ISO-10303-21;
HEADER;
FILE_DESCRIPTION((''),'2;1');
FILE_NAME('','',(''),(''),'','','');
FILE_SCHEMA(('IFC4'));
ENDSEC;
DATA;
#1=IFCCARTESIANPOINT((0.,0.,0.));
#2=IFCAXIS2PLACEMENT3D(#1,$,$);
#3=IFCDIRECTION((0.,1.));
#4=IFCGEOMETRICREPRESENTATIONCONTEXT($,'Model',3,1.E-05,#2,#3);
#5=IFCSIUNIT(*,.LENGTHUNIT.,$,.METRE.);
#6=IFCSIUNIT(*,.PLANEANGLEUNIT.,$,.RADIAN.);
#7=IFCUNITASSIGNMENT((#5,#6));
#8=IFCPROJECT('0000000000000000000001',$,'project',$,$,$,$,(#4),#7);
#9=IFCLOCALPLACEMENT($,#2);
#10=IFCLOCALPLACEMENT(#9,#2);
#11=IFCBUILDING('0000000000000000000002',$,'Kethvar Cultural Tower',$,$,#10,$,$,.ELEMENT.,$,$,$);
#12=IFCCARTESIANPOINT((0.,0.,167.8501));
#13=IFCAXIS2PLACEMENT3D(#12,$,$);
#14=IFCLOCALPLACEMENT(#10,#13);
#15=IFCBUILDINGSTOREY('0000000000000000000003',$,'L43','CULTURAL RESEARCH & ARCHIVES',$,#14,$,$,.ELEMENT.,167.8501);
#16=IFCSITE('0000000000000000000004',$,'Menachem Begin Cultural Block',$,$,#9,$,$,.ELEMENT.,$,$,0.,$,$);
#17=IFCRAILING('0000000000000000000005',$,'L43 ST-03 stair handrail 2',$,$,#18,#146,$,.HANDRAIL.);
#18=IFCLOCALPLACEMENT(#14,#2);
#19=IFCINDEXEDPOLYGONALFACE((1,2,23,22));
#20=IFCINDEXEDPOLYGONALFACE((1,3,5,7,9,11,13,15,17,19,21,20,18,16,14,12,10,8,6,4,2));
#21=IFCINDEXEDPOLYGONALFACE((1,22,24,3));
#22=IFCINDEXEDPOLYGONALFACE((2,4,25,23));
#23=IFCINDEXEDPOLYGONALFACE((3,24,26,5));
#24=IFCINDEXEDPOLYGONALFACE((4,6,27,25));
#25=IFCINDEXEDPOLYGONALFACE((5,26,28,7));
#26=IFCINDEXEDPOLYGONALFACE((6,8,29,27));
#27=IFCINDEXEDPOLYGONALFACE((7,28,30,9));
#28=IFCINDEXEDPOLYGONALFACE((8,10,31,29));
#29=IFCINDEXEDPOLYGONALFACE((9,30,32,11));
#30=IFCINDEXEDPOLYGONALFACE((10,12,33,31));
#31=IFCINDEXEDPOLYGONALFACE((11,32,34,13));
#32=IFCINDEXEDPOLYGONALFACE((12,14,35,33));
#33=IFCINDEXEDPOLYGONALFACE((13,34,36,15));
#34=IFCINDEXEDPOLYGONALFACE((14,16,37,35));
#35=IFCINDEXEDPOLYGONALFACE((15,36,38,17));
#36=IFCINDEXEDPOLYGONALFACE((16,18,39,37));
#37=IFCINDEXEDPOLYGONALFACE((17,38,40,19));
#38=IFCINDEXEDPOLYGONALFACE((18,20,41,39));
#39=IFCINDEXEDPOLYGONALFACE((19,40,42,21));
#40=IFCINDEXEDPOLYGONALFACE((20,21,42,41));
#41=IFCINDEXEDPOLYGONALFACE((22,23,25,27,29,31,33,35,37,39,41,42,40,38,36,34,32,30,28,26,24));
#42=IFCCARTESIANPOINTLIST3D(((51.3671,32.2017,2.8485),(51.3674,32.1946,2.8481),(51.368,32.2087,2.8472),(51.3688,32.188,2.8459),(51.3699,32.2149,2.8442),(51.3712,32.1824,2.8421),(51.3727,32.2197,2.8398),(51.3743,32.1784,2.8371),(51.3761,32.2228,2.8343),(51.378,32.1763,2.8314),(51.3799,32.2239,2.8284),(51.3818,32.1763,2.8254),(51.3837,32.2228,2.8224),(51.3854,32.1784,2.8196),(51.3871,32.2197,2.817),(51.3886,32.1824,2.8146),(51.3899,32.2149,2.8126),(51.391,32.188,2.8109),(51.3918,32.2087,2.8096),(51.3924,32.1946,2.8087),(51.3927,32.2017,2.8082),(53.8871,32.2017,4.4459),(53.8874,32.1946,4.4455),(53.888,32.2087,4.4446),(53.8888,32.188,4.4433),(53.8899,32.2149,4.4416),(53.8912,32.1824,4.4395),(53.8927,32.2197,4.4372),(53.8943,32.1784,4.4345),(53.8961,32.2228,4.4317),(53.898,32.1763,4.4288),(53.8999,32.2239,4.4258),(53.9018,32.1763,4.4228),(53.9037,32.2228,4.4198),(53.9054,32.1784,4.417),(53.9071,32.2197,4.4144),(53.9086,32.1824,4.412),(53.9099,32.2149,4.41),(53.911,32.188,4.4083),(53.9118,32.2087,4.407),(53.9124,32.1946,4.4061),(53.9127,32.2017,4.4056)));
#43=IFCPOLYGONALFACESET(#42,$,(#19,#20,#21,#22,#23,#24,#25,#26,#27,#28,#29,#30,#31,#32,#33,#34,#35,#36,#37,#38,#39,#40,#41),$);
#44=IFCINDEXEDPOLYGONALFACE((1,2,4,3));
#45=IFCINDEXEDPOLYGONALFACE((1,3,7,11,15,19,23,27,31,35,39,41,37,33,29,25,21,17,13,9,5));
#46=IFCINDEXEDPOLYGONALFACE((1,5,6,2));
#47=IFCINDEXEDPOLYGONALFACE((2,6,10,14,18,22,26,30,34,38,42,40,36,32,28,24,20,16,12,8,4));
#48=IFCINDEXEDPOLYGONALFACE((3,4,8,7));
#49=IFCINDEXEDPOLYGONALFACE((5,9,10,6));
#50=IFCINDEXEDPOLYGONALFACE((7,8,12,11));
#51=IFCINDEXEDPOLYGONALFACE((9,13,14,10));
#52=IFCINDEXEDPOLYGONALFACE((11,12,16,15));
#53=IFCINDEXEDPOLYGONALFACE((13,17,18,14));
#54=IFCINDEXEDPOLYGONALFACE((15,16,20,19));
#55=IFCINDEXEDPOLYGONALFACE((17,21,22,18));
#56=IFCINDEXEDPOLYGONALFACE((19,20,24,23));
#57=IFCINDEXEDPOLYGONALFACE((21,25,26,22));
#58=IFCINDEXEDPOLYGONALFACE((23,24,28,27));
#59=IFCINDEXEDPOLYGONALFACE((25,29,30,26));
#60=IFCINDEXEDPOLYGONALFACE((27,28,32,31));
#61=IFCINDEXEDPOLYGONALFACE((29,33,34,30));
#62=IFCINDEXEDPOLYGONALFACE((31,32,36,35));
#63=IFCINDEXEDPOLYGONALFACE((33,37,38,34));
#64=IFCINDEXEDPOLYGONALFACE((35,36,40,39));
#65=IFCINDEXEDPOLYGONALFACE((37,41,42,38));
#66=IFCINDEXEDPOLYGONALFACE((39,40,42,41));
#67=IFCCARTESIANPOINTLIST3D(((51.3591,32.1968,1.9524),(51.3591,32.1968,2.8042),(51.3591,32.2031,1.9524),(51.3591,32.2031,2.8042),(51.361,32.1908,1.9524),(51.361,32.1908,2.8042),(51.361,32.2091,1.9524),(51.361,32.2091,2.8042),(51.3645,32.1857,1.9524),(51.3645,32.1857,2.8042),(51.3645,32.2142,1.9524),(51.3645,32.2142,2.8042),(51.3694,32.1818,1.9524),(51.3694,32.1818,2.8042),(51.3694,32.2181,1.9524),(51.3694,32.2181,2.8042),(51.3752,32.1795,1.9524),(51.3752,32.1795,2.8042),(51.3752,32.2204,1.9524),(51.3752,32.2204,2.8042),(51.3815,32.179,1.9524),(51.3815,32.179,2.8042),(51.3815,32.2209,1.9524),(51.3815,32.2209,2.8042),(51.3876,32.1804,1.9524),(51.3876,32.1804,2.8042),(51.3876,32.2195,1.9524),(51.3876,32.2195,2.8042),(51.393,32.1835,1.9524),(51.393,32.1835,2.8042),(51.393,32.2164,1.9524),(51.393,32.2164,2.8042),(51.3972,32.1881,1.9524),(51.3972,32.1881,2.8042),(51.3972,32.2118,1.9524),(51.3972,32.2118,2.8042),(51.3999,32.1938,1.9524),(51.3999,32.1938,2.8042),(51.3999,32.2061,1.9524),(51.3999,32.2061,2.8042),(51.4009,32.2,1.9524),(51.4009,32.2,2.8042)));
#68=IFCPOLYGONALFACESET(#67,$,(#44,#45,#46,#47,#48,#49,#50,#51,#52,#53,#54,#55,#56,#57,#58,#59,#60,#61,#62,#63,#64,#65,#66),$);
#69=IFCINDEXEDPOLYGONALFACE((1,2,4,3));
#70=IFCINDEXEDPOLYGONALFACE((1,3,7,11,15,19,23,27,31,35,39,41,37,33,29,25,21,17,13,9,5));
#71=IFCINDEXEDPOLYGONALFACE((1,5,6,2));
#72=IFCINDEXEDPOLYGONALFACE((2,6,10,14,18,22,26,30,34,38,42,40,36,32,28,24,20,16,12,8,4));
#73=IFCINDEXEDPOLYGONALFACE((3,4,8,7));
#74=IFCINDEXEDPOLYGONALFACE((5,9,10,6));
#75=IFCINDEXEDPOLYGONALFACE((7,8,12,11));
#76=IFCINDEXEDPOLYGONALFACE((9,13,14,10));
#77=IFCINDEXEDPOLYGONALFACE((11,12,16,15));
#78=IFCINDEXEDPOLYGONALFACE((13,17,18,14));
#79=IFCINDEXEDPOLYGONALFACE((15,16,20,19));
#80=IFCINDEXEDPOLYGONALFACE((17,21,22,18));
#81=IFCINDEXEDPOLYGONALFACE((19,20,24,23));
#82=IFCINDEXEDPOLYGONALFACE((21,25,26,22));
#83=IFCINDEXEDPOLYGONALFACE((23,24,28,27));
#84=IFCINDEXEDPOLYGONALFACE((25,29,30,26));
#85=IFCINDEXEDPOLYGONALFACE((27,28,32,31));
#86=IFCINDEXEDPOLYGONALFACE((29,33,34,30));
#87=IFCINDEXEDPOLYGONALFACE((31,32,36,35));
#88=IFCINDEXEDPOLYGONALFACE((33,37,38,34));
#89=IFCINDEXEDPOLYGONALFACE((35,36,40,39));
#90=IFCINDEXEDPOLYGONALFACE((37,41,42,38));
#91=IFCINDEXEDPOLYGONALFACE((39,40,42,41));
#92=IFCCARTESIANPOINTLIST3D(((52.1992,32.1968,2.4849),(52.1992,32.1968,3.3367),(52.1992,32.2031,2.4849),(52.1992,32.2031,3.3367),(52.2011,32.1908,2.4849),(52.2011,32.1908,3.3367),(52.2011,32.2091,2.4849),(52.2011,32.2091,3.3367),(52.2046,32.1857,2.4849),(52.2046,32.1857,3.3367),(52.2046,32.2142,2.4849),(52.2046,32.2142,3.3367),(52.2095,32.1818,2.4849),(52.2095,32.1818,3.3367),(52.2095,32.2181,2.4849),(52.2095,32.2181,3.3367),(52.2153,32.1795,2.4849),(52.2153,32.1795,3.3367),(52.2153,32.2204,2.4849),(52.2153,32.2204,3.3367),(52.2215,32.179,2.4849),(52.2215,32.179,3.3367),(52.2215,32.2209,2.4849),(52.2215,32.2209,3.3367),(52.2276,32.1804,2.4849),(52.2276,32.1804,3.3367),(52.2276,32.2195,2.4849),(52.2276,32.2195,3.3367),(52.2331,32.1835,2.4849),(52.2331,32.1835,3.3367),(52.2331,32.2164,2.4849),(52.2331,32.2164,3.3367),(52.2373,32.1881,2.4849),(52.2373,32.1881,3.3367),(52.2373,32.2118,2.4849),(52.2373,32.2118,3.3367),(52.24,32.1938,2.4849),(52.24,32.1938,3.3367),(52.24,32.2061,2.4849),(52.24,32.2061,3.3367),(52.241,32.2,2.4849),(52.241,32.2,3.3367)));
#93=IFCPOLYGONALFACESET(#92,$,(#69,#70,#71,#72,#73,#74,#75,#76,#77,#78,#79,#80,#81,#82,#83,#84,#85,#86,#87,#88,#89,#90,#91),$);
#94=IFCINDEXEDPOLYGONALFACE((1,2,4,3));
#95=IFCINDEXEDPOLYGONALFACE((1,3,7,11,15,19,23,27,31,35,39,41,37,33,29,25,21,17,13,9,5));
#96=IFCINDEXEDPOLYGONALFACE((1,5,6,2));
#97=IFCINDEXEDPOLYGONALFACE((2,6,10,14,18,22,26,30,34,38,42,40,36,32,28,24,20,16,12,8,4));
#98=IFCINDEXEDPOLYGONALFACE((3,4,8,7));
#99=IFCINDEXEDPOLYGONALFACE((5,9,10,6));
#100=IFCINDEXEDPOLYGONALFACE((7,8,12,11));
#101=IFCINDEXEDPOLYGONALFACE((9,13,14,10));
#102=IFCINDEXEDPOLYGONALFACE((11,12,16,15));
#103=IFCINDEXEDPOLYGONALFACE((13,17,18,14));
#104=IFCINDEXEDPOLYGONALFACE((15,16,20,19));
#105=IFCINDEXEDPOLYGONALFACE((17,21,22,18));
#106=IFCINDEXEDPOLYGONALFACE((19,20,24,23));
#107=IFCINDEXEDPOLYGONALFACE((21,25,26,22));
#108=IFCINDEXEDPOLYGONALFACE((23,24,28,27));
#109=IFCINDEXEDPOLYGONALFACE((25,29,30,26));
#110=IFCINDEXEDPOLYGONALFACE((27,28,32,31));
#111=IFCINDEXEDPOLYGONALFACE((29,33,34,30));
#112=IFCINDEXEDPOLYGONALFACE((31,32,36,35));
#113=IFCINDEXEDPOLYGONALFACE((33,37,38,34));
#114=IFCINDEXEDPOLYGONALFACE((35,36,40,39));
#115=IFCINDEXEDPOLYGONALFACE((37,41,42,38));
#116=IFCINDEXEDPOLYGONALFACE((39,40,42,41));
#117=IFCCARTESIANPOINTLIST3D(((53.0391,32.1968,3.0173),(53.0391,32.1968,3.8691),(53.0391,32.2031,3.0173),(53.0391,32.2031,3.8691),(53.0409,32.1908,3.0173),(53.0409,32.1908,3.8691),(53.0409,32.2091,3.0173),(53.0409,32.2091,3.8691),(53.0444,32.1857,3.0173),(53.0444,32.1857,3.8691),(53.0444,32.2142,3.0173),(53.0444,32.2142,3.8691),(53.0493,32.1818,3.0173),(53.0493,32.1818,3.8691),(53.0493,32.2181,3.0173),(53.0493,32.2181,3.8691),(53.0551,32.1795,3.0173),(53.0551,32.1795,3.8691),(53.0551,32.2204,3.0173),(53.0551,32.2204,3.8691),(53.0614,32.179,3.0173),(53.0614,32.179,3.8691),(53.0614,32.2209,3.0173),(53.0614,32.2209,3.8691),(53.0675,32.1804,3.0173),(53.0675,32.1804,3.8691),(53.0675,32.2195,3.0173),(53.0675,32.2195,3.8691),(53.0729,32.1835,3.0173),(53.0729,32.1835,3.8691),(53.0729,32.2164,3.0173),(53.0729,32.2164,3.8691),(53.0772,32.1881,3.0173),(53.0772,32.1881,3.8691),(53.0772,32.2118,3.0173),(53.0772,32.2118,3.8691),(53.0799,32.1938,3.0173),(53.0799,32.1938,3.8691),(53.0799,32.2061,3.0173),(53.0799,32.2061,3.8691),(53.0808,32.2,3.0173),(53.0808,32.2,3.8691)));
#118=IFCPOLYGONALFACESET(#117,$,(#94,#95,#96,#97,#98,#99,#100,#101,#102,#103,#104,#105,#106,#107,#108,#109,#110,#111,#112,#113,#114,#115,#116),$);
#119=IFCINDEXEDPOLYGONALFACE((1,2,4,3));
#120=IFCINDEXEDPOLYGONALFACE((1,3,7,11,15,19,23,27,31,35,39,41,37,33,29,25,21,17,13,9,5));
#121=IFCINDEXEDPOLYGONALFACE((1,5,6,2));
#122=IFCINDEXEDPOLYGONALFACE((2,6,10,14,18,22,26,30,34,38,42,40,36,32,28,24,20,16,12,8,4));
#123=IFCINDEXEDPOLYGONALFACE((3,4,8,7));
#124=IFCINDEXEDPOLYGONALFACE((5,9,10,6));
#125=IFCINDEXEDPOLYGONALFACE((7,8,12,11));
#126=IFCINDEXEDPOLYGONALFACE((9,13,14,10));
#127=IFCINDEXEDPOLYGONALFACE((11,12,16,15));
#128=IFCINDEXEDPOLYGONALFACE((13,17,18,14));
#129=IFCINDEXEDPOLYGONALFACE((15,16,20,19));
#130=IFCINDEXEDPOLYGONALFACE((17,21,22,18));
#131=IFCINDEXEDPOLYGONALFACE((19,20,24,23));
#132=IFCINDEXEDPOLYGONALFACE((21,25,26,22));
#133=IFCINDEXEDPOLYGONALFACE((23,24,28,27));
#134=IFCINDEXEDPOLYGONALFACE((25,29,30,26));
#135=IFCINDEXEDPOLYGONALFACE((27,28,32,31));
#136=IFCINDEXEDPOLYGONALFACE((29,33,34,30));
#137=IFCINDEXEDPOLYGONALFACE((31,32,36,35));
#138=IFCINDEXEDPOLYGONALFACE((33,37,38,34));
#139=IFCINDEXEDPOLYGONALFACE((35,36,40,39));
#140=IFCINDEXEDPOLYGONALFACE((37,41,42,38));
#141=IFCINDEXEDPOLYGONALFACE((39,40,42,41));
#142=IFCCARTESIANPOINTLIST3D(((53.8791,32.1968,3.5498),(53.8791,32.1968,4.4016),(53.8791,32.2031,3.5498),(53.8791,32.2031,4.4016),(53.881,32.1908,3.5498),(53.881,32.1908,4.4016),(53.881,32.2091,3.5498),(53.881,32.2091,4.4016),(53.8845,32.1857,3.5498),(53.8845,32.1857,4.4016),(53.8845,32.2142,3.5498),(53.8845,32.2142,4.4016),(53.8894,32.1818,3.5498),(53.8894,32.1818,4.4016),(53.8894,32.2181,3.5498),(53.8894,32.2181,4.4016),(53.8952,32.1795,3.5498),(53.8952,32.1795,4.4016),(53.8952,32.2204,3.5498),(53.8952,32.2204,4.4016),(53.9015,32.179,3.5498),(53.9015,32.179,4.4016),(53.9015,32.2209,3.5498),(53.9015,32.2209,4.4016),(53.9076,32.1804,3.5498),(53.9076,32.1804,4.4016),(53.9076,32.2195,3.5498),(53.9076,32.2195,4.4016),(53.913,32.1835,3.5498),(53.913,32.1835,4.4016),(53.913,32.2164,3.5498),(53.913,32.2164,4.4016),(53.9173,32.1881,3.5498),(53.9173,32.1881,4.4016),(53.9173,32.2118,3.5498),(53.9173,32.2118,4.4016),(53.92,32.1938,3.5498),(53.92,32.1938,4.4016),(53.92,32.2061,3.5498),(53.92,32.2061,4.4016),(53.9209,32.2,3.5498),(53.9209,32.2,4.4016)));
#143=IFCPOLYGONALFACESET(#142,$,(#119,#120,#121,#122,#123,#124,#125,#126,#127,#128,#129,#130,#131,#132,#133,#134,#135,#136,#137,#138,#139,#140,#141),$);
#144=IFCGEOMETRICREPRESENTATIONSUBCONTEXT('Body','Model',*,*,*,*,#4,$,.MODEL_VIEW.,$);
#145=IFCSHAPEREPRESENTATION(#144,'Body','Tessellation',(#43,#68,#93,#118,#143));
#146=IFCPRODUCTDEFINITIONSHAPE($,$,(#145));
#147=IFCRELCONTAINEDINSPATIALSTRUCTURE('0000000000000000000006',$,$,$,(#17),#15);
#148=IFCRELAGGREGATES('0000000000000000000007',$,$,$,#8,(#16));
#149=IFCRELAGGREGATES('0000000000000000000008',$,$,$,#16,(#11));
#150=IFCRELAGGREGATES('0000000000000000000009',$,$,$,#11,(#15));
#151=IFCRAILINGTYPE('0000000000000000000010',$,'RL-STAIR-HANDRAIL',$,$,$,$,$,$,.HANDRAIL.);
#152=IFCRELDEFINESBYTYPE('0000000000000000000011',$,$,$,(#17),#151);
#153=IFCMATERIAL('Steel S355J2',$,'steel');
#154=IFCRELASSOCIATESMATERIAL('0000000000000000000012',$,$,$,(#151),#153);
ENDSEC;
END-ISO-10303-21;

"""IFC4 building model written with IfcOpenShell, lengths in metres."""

from ifc_helpers import new_model, si_unit, direction, frame, origin, origin_2d, place, context, subcontext, project, spatial, circle, extrude, material, type_object, element, save


model = new_model("IFC4")

# Units and contexts
model_context = context("Model", 3, precision=1e-05, world=origin(), true_north=direction((0.0, 1.0)))
body_context = subcontext(model_context, "Body", "Model", "MODEL_VIEW")
ifc_project = project(units=[si_unit("LENGTHUNIT", "METRE"), si_unit("PLANEANGLEUNIT", "RADIAN")], contexts=[model_context])

# Site, building, storey
site_placement = place(None, origin())
site = spatial("IfcSite", under=ifc_project, at=site_placement, Name="Menachem Begin Cultural Block", CompositionType="ELEMENT", RefElevation=0.0)
building_placement = place(site_placement, origin())
building = spatial("IfcBuilding", under=site, at=building_placement, Name="Kethvar Cultural Tower", CompositionType="ELEMENT")
storey_placement = place(building_placement, frame((0.0, 0.0, 167.8501)))
storey = spatial("IfcBuildingStorey", under=building, at=storey_placement, Name="L43", Description="CULTURAL RESEARCH & ARCHIVES", CompositionType="ELEMENT", Elevation=167.8501)

# Shared definitions
ifc_material_1 = material(Name="Steel S355J2", Category="steel")

# Railing
railing_type_1 = type_object("IfcRailingType", Name="RL-STAIR-HANDRAIL", PredefinedType="HANDRAIL", material=ifc_material_1)
railing_1_placement = place(storey_placement, frame((51.3799, 32.2, 1.9524)))
element("IfcRailing", 1, at=railing_1_placement, inside=storey, type_object=railing_type_1, Name="L43 ST-03 stair handrail 2", PredefinedType="HANDRAIL", context=body_context, shape_type="SweptSolid", body=[
    extrude(circle(Radius=0.0239, at=origin_2d()), frame((0.0, 0.0, 0.876), z_axis=(0.844607, 0.0, 0.535387), x_axis=(0.0, 1.0, 0.0)), (0.0, 0.0, 1.0), 2.9836),
    extrude(circle(Radius=0.021, at=origin_2d()), origin(), (0.0, 0.0, 1.0), 0.8518),
    extrude(circle(Radius=0.021, at=origin_2d()), frame((0.8401, 0.0, 0.5325)), (0.0, 0.0, 1.0), 0.8518),
    extrude(circle(Radius=0.021, at=origin_2d()), frame((1.6799, 0.0, 1.0649)), (0.0, 0.0, 1.0), 0.8518),
    extrude(circle(Radius=0.021, at=origin_2d()), frame((2.52, 0.0, 1.5974)), (0.0, 0.0, 1.0), 0.8518),
])

save(model, "model.ifc")
